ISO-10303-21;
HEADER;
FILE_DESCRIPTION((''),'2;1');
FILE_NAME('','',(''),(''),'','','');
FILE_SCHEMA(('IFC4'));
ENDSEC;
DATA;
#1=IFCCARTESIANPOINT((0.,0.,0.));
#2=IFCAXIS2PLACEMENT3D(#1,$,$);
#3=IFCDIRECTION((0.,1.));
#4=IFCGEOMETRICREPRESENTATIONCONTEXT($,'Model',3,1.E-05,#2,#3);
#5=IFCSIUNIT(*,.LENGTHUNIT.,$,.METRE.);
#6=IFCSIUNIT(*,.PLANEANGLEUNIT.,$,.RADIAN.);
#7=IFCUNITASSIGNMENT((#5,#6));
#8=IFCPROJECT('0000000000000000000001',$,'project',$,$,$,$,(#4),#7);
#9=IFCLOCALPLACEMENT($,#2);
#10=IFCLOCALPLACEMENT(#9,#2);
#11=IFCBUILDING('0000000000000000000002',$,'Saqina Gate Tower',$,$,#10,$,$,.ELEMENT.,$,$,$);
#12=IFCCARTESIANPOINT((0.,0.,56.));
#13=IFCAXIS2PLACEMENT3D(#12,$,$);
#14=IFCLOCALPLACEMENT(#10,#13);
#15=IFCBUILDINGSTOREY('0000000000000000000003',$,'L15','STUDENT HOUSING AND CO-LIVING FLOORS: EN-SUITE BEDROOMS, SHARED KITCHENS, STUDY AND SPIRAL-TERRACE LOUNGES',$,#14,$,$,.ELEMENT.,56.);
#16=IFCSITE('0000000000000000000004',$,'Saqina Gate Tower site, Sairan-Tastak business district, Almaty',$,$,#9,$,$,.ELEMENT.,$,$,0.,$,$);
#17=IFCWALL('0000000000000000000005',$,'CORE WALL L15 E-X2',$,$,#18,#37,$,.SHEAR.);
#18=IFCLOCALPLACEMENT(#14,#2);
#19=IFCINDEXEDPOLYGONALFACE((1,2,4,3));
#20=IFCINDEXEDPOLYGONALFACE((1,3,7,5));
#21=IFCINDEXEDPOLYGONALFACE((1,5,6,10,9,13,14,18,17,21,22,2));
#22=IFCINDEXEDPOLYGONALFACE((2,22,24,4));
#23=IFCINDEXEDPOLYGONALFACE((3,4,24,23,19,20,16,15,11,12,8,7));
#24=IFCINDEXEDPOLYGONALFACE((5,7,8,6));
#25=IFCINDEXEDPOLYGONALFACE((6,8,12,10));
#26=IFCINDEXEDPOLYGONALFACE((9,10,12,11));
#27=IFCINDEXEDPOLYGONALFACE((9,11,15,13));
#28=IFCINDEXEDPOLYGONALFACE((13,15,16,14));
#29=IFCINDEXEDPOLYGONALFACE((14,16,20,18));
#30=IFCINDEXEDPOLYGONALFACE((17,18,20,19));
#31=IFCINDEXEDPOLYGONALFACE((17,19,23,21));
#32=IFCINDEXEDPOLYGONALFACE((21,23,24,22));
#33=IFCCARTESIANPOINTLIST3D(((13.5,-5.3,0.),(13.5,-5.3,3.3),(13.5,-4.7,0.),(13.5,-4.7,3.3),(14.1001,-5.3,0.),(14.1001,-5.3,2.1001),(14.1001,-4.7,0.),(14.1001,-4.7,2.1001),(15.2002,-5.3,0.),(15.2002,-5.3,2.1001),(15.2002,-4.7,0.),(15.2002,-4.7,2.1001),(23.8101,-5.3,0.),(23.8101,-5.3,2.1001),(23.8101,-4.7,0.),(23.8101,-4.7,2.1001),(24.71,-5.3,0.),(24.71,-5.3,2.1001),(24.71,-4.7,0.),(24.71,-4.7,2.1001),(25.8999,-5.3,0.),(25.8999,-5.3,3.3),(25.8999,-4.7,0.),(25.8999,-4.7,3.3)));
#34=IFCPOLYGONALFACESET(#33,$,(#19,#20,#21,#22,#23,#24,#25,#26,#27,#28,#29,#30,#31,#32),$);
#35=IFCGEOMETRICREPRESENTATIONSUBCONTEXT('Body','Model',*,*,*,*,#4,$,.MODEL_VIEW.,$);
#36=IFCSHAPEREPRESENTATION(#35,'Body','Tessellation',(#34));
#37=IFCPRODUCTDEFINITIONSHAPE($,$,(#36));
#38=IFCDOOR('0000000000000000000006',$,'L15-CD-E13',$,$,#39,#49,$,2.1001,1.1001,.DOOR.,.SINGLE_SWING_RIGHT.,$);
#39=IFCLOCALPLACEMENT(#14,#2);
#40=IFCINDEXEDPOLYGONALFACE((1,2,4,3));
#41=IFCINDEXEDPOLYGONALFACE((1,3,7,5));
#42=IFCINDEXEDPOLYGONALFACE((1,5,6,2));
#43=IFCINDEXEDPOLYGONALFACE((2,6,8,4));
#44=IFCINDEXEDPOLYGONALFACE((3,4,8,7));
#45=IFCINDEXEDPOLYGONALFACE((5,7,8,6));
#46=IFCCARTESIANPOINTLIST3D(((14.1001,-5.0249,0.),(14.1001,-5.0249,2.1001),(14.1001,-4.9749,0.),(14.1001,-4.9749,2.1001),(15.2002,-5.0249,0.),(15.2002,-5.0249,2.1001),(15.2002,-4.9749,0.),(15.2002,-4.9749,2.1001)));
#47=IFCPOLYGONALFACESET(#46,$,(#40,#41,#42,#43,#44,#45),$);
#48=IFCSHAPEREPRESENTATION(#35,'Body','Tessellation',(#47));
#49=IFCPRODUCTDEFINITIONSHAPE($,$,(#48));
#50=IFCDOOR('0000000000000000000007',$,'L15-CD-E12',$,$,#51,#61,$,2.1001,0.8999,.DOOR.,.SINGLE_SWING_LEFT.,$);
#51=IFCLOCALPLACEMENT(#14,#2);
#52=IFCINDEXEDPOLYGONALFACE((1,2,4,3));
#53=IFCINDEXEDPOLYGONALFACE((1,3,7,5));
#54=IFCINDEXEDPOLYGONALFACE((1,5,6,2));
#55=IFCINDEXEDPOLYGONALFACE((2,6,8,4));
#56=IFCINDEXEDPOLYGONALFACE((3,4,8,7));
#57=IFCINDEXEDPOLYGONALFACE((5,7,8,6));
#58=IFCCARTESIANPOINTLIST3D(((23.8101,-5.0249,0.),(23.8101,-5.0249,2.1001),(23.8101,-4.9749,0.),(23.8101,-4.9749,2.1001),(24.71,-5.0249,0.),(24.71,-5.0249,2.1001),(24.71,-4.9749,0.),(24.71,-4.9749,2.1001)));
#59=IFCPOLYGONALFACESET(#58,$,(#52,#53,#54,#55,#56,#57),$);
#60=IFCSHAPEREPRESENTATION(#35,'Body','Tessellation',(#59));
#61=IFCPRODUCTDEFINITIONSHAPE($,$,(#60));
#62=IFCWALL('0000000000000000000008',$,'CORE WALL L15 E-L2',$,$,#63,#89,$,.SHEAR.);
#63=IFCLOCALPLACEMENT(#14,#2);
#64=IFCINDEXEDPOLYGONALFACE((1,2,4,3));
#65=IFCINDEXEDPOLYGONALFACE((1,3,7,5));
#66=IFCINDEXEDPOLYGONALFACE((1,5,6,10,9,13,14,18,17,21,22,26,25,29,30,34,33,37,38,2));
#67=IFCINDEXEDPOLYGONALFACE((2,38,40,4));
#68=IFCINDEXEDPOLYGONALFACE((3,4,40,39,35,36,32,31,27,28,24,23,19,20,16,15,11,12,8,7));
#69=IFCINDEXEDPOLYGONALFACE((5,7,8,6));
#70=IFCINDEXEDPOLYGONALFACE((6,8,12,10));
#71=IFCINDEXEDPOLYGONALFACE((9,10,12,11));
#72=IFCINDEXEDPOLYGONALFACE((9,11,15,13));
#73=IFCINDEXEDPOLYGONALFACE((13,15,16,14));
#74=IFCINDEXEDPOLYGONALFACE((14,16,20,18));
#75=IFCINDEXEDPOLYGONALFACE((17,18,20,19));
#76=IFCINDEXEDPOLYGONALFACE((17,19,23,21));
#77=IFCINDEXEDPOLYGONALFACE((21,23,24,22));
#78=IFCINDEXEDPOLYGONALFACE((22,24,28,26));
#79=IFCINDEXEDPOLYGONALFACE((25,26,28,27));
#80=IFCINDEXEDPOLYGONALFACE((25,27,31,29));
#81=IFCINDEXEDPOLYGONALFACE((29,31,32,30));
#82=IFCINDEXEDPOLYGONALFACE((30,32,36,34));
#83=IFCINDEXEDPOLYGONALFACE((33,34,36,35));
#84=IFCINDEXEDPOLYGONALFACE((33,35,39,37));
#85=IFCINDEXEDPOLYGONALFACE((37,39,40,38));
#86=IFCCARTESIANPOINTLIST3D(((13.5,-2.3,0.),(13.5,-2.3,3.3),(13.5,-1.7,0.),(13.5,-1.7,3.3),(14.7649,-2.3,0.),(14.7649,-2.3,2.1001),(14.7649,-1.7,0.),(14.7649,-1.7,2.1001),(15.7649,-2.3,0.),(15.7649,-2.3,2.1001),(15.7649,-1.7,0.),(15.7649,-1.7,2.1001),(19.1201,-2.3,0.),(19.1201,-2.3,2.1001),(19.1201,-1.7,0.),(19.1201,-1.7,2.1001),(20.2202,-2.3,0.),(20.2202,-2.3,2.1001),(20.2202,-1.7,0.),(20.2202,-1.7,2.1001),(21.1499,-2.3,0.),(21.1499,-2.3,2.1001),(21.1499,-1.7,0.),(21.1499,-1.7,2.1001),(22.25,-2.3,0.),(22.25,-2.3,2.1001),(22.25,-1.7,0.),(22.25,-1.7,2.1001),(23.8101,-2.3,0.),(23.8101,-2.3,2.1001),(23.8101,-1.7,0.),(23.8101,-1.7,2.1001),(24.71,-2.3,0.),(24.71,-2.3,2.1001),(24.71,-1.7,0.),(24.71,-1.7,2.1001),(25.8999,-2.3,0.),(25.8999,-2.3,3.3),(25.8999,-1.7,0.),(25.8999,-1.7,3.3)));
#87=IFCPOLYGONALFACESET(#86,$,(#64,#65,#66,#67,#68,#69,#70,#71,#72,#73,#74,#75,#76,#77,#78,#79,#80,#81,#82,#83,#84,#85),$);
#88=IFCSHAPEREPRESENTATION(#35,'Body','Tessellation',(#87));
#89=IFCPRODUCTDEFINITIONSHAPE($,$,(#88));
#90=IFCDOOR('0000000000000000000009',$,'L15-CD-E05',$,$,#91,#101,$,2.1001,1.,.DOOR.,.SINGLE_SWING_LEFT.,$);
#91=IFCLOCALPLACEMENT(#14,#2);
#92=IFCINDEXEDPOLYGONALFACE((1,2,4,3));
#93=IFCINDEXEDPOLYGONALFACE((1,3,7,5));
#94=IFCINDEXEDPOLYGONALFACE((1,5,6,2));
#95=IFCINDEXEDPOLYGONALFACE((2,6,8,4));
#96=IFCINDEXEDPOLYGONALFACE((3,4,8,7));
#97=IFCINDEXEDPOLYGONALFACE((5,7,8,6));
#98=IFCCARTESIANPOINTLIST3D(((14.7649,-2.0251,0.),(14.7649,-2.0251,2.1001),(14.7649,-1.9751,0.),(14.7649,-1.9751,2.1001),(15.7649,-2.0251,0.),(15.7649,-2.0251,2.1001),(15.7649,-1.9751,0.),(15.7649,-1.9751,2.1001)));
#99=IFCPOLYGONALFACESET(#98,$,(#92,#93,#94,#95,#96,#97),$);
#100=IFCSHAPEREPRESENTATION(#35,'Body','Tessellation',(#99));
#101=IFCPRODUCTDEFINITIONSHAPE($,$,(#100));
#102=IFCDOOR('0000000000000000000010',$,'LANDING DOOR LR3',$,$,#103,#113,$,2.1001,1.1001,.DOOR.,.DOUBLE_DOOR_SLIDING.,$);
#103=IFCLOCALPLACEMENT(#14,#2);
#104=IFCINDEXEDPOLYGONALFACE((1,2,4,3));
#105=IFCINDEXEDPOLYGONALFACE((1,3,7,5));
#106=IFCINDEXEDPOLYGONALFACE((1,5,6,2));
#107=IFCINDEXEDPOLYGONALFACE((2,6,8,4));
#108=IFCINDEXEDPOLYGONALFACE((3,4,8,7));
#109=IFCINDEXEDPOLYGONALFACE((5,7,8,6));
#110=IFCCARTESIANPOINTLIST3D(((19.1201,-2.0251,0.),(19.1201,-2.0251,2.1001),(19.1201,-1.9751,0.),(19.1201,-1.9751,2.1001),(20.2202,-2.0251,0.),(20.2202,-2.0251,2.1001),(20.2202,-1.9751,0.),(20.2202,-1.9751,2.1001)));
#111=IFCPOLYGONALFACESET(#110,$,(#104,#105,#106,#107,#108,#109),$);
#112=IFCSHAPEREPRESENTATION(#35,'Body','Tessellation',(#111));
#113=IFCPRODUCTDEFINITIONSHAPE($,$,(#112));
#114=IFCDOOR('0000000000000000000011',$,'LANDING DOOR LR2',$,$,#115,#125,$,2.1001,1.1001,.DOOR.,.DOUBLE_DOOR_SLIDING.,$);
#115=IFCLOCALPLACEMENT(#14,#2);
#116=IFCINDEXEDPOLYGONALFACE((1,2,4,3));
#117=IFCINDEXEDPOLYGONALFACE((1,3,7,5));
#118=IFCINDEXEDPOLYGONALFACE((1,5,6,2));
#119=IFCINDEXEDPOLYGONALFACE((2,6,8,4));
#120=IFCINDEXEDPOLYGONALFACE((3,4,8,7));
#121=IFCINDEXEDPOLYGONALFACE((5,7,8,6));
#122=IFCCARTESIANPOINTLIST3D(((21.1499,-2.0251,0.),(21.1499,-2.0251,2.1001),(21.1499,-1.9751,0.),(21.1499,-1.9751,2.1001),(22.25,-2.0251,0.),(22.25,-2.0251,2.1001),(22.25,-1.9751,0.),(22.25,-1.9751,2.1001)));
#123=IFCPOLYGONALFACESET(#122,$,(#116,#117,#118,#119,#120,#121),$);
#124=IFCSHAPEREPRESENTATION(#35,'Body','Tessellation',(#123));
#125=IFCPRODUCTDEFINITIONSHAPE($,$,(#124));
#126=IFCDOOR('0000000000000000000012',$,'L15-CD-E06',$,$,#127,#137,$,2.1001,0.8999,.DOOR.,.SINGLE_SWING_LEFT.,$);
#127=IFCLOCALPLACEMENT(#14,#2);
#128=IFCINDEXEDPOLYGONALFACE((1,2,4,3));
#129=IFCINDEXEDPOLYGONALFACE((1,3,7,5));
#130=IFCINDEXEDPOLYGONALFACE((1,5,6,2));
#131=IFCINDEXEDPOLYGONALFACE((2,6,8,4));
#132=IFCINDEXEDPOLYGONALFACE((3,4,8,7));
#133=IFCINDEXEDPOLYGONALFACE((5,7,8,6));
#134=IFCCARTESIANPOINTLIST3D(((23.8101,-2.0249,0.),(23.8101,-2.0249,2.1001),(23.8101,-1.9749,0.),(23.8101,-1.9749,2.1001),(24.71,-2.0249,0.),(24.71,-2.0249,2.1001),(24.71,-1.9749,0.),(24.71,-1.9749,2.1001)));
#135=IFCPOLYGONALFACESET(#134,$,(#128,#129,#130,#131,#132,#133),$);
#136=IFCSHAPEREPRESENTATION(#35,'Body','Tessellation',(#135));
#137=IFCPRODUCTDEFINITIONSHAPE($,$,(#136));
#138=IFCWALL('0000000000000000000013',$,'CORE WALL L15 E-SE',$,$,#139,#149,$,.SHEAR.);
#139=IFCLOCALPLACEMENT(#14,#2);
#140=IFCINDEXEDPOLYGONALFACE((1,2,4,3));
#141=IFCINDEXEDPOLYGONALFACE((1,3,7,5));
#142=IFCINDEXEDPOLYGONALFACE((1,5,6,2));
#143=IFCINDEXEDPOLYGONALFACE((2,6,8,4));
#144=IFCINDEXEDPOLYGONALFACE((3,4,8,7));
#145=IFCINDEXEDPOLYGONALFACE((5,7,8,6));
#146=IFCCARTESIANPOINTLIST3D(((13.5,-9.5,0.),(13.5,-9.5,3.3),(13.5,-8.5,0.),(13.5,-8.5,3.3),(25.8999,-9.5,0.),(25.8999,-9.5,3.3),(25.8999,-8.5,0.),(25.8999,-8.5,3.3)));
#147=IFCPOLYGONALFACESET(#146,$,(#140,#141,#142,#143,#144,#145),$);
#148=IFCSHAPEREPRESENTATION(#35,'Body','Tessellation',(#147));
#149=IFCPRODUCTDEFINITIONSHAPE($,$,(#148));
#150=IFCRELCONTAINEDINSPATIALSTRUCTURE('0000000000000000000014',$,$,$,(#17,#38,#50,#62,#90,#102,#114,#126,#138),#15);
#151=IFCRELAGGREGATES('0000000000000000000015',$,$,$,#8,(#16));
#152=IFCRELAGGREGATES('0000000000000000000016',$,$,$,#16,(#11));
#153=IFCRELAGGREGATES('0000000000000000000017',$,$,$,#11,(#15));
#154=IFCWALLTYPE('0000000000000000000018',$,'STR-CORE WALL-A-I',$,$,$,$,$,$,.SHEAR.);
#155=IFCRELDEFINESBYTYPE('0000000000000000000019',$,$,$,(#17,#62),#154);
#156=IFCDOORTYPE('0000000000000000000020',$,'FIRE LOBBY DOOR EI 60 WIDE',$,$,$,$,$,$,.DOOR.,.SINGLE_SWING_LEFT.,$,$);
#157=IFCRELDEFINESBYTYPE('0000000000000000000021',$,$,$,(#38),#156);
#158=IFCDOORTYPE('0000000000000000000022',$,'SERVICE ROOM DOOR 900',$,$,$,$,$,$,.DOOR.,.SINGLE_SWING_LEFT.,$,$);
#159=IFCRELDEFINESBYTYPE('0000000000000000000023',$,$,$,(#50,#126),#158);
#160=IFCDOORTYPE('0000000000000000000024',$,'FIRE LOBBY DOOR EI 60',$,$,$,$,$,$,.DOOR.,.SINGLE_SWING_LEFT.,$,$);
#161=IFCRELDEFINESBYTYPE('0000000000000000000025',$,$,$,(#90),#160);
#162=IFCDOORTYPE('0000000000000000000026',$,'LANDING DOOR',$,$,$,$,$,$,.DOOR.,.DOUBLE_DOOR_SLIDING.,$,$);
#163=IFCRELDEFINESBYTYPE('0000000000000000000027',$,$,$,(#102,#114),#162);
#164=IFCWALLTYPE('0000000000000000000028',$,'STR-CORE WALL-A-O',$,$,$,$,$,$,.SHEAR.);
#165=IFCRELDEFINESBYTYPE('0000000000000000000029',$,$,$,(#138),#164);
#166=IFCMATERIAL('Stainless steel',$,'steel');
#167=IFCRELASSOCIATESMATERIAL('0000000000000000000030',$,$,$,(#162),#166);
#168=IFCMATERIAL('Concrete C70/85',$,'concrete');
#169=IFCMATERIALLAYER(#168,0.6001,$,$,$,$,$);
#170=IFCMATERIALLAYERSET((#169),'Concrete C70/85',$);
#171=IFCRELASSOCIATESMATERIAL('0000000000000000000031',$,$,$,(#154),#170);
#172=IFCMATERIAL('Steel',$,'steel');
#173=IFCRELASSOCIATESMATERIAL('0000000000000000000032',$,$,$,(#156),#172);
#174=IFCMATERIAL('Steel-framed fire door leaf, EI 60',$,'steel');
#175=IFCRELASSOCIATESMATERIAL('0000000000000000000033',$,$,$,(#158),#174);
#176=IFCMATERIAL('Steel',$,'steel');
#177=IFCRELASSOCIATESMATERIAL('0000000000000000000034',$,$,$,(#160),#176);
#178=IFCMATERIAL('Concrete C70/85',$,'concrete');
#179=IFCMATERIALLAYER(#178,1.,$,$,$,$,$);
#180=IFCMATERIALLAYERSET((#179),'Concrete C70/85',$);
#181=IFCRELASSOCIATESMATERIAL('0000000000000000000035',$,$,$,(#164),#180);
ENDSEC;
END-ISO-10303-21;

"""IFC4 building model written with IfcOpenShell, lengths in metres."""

from ifc_helpers import new_model, si_unit, direction, frame, frame_2d, origin, place, context, subcontext, project, spatial, rectangle, extrude, material, layer, layer_set, type_object, element, fill, save


model = new_model("IFC4")

# Units and contexts
model_context = context("Model", 3, precision=1e-05, world=origin(), true_north=direction((0.0, 1.0)))
body_context = subcontext(model_context, "Body", "Model", "MODEL_VIEW")
ifc_project = project(units=[si_unit("LENGTHUNIT", "METRE"), si_unit("PLANEANGLEUNIT", "RADIAN")], contexts=[model_context])

# Site, building, storey
site_placement = place(None, origin())
site = spatial("IfcSite", under=ifc_project, at=site_placement, Name="Saqina Gate Tower site, Sairan-Tastak business district, Almaty", CompositionType="ELEMENT", RefElevation=0.0)
building_placement = place(site_placement, origin())
building = spatial("IfcBuilding", under=site, at=building_placement, Name="Saqina Gate Tower", CompositionType="ELEMENT")
storey_placement = place(building_placement, frame((0.0, 0.0, 56.0)))
storey = spatial("IfcBuildingStorey", under=building, at=storey_placement, Name="L15", Description="STUDENT HOUSING AND CO-LIVING FLOORS: EN-SUITE BEDROOMS, SHARED KITCHENS, STUDY AND SPIRAL-TERRACE LOUNGES", CompositionType="ELEMENT", Elevation=56.0)

# Shared definitions
ifc_material_1 = material(Name="Stainless steel", Category="steel")
door_type_1 = type_object("IfcDoorType", Name="LANDING DOOR", OperationType="DOUBLE_DOOR_SLIDING", PredefinedType="DOOR", material=ifc_material_1)

# Walls, openings, doors
ifc_material_2 = material(Name="Concrete C70/85", Category="concrete")
ifc_layer_1 = layer(ifc_material_2, 0.6001)
ifc_layer_set_1 = layer_set([ifc_layer_1], Name="Concrete C70/85")
wall_type_1 = type_object("IfcWallType", Name="STR-CORE WALL-A-I", PredefinedType="SHEAR", material=ifc_layer_set_1)
wall_1_placement = place(storey_placement, frame((13.5, -5.0, 0.0), z_axis=(0.0, 0.0, 1.0), x_axis=(1.0, 0.0, 0.0)))
wall_1 = element("IfcWall", 1, at=wall_1_placement, inside=storey, type_object=wall_type_1, Name="CORE WALL L15 E-X2", PredefinedType="SHEAR", context=body_context, shape_type="SweptSolid", body=[
    extrude(rectangle(XDim=12.3999, YDim=0.6001, at=frame_2d((6.2, 0.0))), origin(), (0.0, 0.0, 1.0), 3.3),
])
opening_1_placement = place(wall_1_placement, frame((10.3101, 0.0, 0.0)))
opening_1 = element("IfcOpeningElement", 2, at=opening_1_placement, cuts=wall_1, PredefinedType="OPENING", context=body_context, shape_type="SweptSolid", body=[
    extrude(rectangle(XDim=0.8999, YDim=2.1001, at=frame_2d((0.45, 1.05))), frame((0.0, 0.312, 0.0), z_axis=(0.0, -1.0, 0.0), x_axis=(1.0, 0.0, 0.0)), (0.0, 0.0, 1.0), 0.624),
])
opening_2_placement = place(wall_1_placement, frame((0.6001, 0.0, 0.0)))
opening_2 = element("IfcOpeningElement", 3, at=opening_2_placement, cuts=wall_1, PredefinedType="OPENING", context=body_context, shape_type="SweptSolid", body=[
    extrude(rectangle(XDim=1.1001, YDim=2.1001, at=frame_2d((0.55, 1.05))), frame((0.0, 0.312, 0.0), z_axis=(0.0, -1.0, 0.0), x_axis=(1.0, 0.0, 0.0)), (0.0, 0.0, 1.0), 0.624),
])
ifc_material_3 = material(Name="Steel", Category="steel")
door_type_2 = type_object("IfcDoorType", Name="FIRE LOBBY DOOR EI 60 WIDE", OperationType="SINGLE_SWING_LEFT", PredefinedType="DOOR", material=ifc_material_3)
door_1_placement = place(opening_2_placement, frame((1.1001, 0.0, 0.0), z_axis=(0.0, 0.0, 1.0), x_axis=(-1.0, 0.0, 0.0)))
door_1 = element("IfcDoor", 4, at=door_1_placement, inside=storey, type_object=door_type_2, Name="L15-CD-E13", OperationType="SINGLE_SWING_RIGHT", OverallHeight=2.1001, OverallWidth=1.1001, PredefinedType="DOOR", context=body_context, shape_type="SweptSolid", body=[
    extrude(rectangle(XDim=1.1001, YDim=2.1001, at=frame_2d((0.55, 1.05))), frame((0.0, 0.0249, 0.0), z_axis=(0.0, -1.0, 0.0), x_axis=(1.0, 0.0, 0.0)), (0.0, 0.0, 1.0), 0.05),
])
fill(opening_2, door_1)
ifc_material_4 = material(Name="Steel-framed fire door leaf, EI 60", Category="steel")
door_type_3 = type_object("IfcDoorType", Name="SERVICE ROOM DOOR 900", OperationType="SINGLE_SWING_LEFT", PredefinedType="DOOR", material=ifc_material_4)
door_2_placement = place(opening_1_placement, frame((0.8999, 0.0, 0.0), z_axis=(0.0, 0.0, 1.0), x_axis=(-1.0, 0.0, 0.0)))
door_2 = element("IfcDoor", 5, at=door_2_placement, inside=storey, type_object=door_type_3, Name="L15-CD-E12", OperationType="SINGLE_SWING_LEFT", OverallHeight=2.1001, OverallWidth=0.8999, PredefinedType="DOOR", context=body_context, shape_type="SweptSolid", body=[
    extrude(rectangle(XDim=0.8999, YDim=2.1001, at=frame_2d((0.45, 1.05))), frame((0.0, 0.0249, 0.0), z_axis=(0.0, -1.0, 0.0), x_axis=(1.0, 0.0, 0.0)), (0.0, 0.0, 1.0), 0.05),
])
fill(opening_1, door_2)
wall_2_placement = place(storey_placement, frame((13.5, -2.0, 0.0), z_axis=(0.0, 0.0, 1.0), x_axis=(1.0, 0.0, 0.0)))
wall_2 = element("IfcWall", 6, at=wall_2_placement, inside=storey, type_object=wall_type_1, Name="CORE WALL L15 E-L2", PredefinedType="SHEAR", context=body_context, shape_type="SweptSolid", body=[
    extrude(rectangle(XDim=12.3999, YDim=0.6001, at=frame_2d((6.2, 0.0))), origin(), (0.0, 0.0, 1.0), 3.3),
])
opening_3_placement = place(wall_2_placement, frame((5.6201, 0.0, 0.0)))
opening_3 = element("IfcOpeningElement", 7, at=opening_3_placement, cuts=wall_2, PredefinedType="OPENING", context=body_context, shape_type="SweptSolid", body=[
    extrude(rectangle(XDim=1.1001, YDim=2.1001, at=frame_2d((0.55, 1.05))), frame((0.0, 0.312, 0.0), z_axis=(0.0, -1.0, 0.0), x_axis=(1.0, 0.0, 0.0)), (0.0, 0.0, 1.0), 0.624),
])
opening_4_placement = place(wall_2_placement, frame((7.6499, 0.0, 0.0)))
opening_4 = element("IfcOpeningElement", 8, at=opening_4_placement, cuts=wall_2, PredefinedType="OPENING", context=body_context, shape_type="SweptSolid", body=[
    extrude(rectangle(XDim=1.1001, YDim=2.1001, at=frame_2d((0.55, 1.05))), frame((0.0, 0.312, 0.0), z_axis=(0.0, -1.0, 0.0), x_axis=(1.0, 0.0, 0.0)), (0.0, 0.0, 1.0), 0.624),
])
opening_5_placement = place(wall_2_placement, frame((1.2649, 0.0, 0.0)))
opening_5 = element("IfcOpeningElement", 9, at=opening_5_placement, cuts=wall_2, PredefinedType="OPENING", context=body_context, shape_type="SweptSolid", body=[
    extrude(rectangle(XDim=1.0, YDim=2.1001, at=frame_2d((0.5, 1.05))), frame((0.0, 0.312, 0.0), z_axis=(0.0, -1.0, 0.0), x_axis=(1.0, 0.0, 0.0)), (0.0, 0.0, 1.0), 0.624),
])
opening_6_placement = place(wall_2_placement, frame((10.3101, 0.0, 0.0)))
opening_6 = element("IfcOpeningElement", 10, at=opening_6_placement, cuts=wall_2, PredefinedType="OPENING", context=body_context, shape_type="SweptSolid", body=[
    extrude(rectangle(XDim=0.8999, YDim=2.1001, at=frame_2d((0.45, 1.05))), frame((0.0, 0.312, 0.0), z_axis=(0.0, -1.0, 0.0), x_axis=(1.0, 0.0, 0.0)), (0.0, 0.0, 1.0), 0.624),
])
ifc_material_5 = material(Name="Steel", Category="steel")
door_type_4 = type_object("IfcDoorType", Name="FIRE LOBBY DOOR EI 60", OperationType="SINGLE_SWING_LEFT", PredefinedType="DOOR", material=ifc_material_5)
door_3_placement = place(opening_5_placement, origin())
door_3 = element("IfcDoor", 11, at=door_3_placement, inside=storey, type_object=door_type_4, Name="L15-CD-E05", OperationType="SINGLE_SWING_LEFT", OverallHeight=2.1001, OverallWidth=1.0, PredefinedType="DOOR", context=body_context, shape_type="SweptSolid", body=[
    extrude(rectangle(XDim=1.0, YDim=2.1001, at=frame_2d((0.5, 1.05))), frame((0.0, 0.0249, 0.0), z_axis=(0.0, -1.0, 0.0), x_axis=(1.0, 0.0, 0.0)), (0.0, 0.0, 1.0), 0.05),
])
fill(opening_5, door_3)
door_4_placement = place(opening_3_placement, origin())
door_4 = element("IfcDoor", 12, at=door_4_placement, inside=storey, type_object=door_type_1, Name="LANDING DOOR LR3", OperationType="DOUBLE_DOOR_SLIDING", OverallHeight=2.1001, OverallWidth=1.1001, PredefinedType="DOOR", context=body_context, shape_type="SweptSolid", body=[
    extrude(rectangle(XDim=1.1001, YDim=2.1001, at=frame_2d((0.55, 1.05))), frame((0.0, 0.0249, 0.0), z_axis=(0.0, -1.0, 0.0), x_axis=(1.0, 0.0, 0.0)), (0.0, 0.0, 1.0), 0.05),
])
fill(opening_3, door_4)
door_5_placement = place(opening_4_placement, origin())
door_5 = element("IfcDoor", 13, at=door_5_placement, inside=storey, type_object=door_type_1, Name="LANDING DOOR LR2", OperationType="DOUBLE_DOOR_SLIDING", OverallHeight=2.1001, OverallWidth=1.1001, PredefinedType="DOOR", context=body_context, shape_type="SweptSolid", body=[
    extrude(rectangle(XDim=1.1001, YDim=2.1001, at=frame_2d((0.55, 1.05))), frame((0.0, 0.0249, 0.0), z_axis=(0.0, -1.0, 0.0), x_axis=(1.0, 0.0, 0.0)), (0.0, 0.0, 1.0), 0.05),
])
fill(opening_4, door_5)
door_6_placement = place(opening_6_placement, frame((0.8999, 0.0, 0.0), z_axis=(0.0, 0.0, 1.0), x_axis=(-1.0, 0.0, 0.0)))
door_6 = element("IfcDoor", 14, at=door_6_placement, inside=storey, type_object=door_type_3, Name="L15-CD-E06", OperationType="SINGLE_SWING_LEFT", OverallHeight=2.1001, OverallWidth=0.8999, PredefinedType="DOOR", context=body_context, shape_type="SweptSolid", body=[
    extrude(rectangle(XDim=0.8999, YDim=2.1001, at=frame_2d((0.45, 1.05))), frame((0.0, 0.0249, 0.0), z_axis=(0.0, -1.0, 0.0), x_axis=(1.0, 0.0, 0.0)), (0.0, 0.0, 1.0), 0.05),
])
fill(opening_6, door_6)
ifc_material_6 = material(Name="Concrete C70/85", Category="concrete")
ifc_layer_2 = layer(ifc_material_6, 1.0)
ifc_layer_set_2 = layer_set([ifc_layer_2], Name="Concrete C70/85")
wall_type_2 = type_object("IfcWallType", Name="STR-CORE WALL-A-O", PredefinedType="SHEAR", material=ifc_layer_set_2)

# Wall
wall_3_placement = place(storey_placement, frame((13.5, -9.0, 0.0), z_axis=(0.0, 0.0, 1.0), x_axis=(1.0, 0.0, 0.0)))
element("IfcWall", 15, at=wall_3_placement, inside=storey, type_object=wall_type_2, Name="CORE WALL L15 E-SE", PredefinedType="SHEAR", context=body_context, shape_type="SweptSolid", body=[
    extrude(rectangle(XDim=12.3999, YDim=1.0, at=frame_2d((6.2, 0.0))), origin(), (0.0, 0.0, 1.0), 3.3),
])

save(model, "model.ifc")
